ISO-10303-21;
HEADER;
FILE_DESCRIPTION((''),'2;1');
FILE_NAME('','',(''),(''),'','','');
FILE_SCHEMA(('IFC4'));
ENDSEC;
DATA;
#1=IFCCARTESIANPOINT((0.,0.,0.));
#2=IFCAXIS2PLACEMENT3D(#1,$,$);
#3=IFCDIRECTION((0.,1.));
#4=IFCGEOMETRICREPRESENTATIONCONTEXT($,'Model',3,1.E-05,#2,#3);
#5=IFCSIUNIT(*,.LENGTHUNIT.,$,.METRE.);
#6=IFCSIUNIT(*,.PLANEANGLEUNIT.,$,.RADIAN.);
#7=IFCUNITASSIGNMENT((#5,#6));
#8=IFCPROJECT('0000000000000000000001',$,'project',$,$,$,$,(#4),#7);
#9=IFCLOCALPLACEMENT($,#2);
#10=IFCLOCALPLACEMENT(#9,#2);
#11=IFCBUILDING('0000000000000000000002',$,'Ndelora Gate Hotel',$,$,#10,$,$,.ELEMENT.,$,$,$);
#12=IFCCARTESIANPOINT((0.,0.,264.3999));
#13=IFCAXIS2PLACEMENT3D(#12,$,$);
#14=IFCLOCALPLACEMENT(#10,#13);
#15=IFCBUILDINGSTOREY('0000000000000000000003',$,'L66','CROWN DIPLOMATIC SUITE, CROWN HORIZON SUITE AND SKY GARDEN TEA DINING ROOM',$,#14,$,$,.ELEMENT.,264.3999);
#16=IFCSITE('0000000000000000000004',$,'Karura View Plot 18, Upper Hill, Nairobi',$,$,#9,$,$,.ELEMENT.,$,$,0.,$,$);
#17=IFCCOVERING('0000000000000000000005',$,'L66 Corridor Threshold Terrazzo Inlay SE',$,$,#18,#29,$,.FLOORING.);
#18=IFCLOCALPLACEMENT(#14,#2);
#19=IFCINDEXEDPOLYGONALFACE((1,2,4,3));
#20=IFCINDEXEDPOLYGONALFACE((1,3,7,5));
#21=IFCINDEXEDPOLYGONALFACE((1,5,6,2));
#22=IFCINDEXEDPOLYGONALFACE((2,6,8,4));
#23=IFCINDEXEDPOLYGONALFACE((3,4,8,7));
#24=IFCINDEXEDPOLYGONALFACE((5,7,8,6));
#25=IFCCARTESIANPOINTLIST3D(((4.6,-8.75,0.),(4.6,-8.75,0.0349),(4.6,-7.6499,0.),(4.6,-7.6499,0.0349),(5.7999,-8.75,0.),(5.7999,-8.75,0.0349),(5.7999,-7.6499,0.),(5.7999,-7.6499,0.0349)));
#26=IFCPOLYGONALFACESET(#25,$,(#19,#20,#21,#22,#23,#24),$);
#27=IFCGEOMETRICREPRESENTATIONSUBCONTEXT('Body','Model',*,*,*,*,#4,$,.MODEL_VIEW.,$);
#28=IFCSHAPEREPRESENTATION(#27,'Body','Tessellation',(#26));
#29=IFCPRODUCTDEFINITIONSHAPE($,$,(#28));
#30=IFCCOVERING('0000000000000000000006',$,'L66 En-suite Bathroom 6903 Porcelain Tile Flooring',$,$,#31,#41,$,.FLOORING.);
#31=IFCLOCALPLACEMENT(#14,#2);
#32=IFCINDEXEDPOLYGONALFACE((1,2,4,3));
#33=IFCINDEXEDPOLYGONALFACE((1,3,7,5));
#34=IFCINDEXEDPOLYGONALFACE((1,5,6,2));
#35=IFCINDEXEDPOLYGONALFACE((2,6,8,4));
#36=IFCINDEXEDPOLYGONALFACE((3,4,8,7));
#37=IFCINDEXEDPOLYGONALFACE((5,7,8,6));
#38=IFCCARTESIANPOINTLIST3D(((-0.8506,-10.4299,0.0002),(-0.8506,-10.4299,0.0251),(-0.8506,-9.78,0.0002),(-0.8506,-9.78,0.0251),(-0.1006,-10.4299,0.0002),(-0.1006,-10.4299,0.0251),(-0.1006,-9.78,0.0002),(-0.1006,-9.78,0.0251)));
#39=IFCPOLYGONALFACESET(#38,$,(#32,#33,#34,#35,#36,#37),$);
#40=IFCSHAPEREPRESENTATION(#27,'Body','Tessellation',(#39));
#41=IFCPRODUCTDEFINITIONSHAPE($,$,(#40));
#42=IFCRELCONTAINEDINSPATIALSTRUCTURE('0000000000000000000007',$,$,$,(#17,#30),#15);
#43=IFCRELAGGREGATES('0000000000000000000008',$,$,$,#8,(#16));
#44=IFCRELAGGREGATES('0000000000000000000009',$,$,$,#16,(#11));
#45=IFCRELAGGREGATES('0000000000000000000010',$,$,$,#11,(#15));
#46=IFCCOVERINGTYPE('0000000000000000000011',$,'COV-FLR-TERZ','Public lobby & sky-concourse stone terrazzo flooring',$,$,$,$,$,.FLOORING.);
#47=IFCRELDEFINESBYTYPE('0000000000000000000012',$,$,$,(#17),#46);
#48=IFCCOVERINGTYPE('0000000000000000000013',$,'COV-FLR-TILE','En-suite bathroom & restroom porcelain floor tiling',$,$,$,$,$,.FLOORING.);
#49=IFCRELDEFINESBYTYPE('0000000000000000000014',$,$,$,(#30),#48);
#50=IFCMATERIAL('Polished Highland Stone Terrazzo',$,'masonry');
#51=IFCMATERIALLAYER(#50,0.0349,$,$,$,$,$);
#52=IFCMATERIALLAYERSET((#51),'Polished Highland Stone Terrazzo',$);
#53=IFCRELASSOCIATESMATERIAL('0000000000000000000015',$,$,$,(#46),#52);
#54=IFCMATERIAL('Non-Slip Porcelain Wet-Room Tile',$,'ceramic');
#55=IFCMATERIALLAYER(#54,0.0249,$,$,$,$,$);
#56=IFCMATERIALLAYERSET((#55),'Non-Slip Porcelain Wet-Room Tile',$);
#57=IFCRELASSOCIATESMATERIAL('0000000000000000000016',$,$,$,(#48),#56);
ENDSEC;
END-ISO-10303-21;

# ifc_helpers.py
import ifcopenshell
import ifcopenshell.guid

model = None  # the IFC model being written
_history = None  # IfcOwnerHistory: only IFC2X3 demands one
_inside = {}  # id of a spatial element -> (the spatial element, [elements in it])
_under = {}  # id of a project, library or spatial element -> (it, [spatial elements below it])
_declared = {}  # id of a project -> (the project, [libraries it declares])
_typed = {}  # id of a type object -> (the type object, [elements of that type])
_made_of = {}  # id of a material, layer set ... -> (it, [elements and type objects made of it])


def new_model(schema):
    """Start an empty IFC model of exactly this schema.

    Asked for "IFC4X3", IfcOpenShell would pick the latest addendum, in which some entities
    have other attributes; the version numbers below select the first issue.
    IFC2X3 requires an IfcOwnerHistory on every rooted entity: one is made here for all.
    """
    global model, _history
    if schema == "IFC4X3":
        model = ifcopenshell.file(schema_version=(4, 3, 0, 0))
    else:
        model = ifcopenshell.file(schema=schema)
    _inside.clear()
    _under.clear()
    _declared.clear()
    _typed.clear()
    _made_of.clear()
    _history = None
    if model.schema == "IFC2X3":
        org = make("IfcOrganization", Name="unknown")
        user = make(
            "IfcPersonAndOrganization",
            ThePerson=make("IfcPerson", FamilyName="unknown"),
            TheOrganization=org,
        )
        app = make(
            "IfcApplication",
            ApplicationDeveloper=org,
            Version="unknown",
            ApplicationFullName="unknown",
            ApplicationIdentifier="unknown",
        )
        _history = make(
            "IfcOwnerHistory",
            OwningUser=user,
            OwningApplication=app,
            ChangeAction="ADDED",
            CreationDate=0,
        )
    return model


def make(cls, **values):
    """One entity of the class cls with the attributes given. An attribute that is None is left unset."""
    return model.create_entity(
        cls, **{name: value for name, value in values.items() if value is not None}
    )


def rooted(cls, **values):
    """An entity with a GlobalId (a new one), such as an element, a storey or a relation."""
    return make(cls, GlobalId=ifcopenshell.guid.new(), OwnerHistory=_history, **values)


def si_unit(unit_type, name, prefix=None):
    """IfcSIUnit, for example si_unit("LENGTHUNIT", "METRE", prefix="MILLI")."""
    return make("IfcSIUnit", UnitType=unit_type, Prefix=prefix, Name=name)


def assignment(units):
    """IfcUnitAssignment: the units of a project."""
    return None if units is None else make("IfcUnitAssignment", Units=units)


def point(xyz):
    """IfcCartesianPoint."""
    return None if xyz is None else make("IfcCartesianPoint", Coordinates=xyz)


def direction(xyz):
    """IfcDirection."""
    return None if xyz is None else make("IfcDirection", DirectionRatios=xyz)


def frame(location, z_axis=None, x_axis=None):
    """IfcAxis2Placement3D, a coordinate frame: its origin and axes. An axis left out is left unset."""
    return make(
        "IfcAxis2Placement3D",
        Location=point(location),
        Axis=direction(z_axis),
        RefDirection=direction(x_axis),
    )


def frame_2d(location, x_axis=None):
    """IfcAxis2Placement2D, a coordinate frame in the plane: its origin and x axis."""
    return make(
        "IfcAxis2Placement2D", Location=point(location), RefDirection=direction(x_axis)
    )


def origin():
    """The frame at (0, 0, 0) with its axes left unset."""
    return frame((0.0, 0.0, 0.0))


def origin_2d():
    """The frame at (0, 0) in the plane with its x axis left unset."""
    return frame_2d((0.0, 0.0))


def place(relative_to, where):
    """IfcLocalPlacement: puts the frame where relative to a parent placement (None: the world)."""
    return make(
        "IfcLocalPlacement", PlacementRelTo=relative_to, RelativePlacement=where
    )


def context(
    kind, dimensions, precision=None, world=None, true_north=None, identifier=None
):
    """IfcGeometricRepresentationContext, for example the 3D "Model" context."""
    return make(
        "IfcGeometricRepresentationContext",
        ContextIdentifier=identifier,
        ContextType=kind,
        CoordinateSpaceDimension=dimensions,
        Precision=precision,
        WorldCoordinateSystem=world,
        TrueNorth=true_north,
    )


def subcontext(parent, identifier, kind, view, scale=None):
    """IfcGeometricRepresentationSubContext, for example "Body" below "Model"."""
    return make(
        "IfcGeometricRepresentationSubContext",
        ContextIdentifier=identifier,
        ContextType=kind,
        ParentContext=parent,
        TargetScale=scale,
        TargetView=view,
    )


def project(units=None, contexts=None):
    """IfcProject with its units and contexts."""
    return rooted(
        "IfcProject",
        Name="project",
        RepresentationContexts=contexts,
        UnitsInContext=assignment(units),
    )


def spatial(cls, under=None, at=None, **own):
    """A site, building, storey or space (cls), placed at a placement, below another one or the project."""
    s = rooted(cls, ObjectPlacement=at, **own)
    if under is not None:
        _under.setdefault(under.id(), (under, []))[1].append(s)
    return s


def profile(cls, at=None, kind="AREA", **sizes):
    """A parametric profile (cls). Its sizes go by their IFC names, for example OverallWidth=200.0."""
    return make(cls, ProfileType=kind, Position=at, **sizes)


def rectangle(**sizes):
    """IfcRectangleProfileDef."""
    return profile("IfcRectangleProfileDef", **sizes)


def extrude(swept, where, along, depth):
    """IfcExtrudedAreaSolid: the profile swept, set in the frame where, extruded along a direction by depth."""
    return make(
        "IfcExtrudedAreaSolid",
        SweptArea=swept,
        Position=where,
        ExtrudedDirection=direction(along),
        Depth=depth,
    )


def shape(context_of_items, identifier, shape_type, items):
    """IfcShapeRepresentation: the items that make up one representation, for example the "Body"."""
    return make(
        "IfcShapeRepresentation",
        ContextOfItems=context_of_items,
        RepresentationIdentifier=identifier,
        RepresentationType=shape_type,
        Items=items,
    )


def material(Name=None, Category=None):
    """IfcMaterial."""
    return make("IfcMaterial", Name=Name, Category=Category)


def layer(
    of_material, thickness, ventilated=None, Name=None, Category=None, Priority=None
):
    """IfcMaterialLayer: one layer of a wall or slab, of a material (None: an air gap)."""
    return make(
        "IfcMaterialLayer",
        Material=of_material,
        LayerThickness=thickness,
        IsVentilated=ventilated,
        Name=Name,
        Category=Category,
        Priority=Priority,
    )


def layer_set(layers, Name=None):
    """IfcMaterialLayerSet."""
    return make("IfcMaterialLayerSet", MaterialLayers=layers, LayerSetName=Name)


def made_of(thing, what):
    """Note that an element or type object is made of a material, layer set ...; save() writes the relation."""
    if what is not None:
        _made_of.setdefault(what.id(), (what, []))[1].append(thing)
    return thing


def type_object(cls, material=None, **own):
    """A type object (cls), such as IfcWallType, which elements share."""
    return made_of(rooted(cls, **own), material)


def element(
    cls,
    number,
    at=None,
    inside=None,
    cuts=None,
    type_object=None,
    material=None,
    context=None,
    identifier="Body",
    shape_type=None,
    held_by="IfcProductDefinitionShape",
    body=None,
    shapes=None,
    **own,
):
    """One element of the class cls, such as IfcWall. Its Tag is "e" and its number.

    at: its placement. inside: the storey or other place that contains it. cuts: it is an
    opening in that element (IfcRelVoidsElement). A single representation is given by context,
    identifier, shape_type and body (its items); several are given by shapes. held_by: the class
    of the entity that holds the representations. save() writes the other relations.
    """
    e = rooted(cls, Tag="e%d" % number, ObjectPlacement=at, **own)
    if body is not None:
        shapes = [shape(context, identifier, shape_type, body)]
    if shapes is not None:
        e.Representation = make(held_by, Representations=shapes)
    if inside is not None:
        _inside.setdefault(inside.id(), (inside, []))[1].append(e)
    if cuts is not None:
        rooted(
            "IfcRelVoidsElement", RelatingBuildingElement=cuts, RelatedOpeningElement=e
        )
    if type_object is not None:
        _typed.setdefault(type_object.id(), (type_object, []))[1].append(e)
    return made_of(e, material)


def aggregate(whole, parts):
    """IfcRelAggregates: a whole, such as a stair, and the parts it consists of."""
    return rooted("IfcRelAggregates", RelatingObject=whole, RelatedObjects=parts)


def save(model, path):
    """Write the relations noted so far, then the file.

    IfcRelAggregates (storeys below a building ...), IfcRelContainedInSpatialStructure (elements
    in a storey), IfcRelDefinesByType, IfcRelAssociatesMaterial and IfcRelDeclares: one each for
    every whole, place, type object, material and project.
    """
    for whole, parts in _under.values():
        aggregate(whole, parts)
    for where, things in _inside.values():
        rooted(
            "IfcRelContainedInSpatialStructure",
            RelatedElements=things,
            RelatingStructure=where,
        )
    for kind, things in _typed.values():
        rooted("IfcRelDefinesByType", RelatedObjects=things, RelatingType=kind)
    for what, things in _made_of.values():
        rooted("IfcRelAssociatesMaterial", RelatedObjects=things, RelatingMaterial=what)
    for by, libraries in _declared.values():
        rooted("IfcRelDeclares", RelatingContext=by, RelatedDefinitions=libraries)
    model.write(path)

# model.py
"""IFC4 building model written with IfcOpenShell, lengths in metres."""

from ifc_helpers import new_model, si_unit, direction, frame, origin, origin_2d, place, context, subcontext, project, spatial, rectangle, extrude, material, layer, layer_set, type_object, element, save


model = new_model("IFC4")

# Units and contexts
model_context = context("Model", 3, precision=1e-05, world=origin(), true_north=direction((0.0, 1.0)))
body_context = subcontext(model_context, "Body", "Model", "MODEL_VIEW")
ifc_project = project(units=[si_unit("LENGTHUNIT", "METRE"), si_unit("PLANEANGLEUNIT", "RADIAN")], contexts=[model_context])

# Site, building, storey
site_placement = place(None, origin())
site = spatial("IfcSite", under=ifc_project, at=site_placement, Name="Karura View Plot 18, Upper Hill, Nairobi", CompositionType="ELEMENT", RefElevation=0.0)
building_placement = place(site_placement, origin())
building = spatial("IfcBuilding", under=site, at=building_placement, Name="Ndelora Gate Hotel", CompositionType="ELEMENT")
storey_placement = place(building_placement, frame((0.0, 0.0, 264.3999)))
storey = spatial("IfcBuildingStorey", under=building, at=storey_placement, Name="L66", Description="CROWN DIPLOMATIC SUITE, CROWN HORIZON SUITE AND SKY GARDEN TEA DINING ROOM", CompositionType="ELEMENT", Elevation=264.3999)

# Coverings
ifc_material_1 = material(Name="Polished Highland Stone Terrazzo", Category="masonry")
ifc_layer_1 = layer(ifc_material_1, 0.0349)
ifc_layer_set_1 = layer_set([ifc_layer_1], Name="Polished Highland Stone Terrazzo")
covering_type_1 = type_object("IfcCoveringType", Name="COV-FLR-TERZ", Description="Public lobby & sky-concourse stone terrazzo flooring", PredefinedType="FLOORING", material=ifc_layer_set_1)
covering_1_placement = place(storey_placement, frame((5.2, -8.2, 0.0), z_axis=(0.0, 0.0, 1.0), x_axis=(1.0, 0.0, 0.0)))
element("IfcCovering", 1, at=covering_1_placement, inside=storey, type_object=covering_type_1, Name="L66 Corridor Threshold Terrazzo Inlay SE", PredefinedType="FLOORING", context=body_context, shape_type="SweptSolid", body=[
    extrude(rectangle(XDim=1.2, YDim=1.1001, at=origin_2d()), origin(), (0.0, 0.0, 1.0), 0.0349),
])
ifc_material_2 = material(Name="Non-Slip Porcelain Wet-Room Tile", Category="ceramic")
ifc_layer_2 = layer(ifc_material_2, 0.0249)
ifc_layer_set_2 = layer_set([ifc_layer_2], Name="Non-Slip Porcelain Wet-Room Tile")
covering_type_2 = type_object("IfcCoveringType", Name="COV-FLR-TILE", Description="En-suite bathroom & restroom porcelain floor tiling", PredefinedType="FLOORING", material=ifc_layer_set_2)
covering_2_placement = place(storey_placement, frame((-0.4756, -10.105, 0.0002), z_axis=(0.0, 0.0, 1.0), x_axis=(1.0, 0.0, 0.0)))
element("IfcCovering", 2, at=covering_2_placement, inside=storey, type_object=covering_type_2, Name="L66 En-suite Bathroom 6903 Porcelain Tile Flooring", PredefinedType="FLOORING", context=body_context, shape_type="SweptSolid", body=[
    extrude(rectangle(XDim=0.75, YDim=0.6499, at=origin_2d()), origin(), (0.0, 0.0, 1.0), 0.0249),
])

save(model, "model.ifc")
